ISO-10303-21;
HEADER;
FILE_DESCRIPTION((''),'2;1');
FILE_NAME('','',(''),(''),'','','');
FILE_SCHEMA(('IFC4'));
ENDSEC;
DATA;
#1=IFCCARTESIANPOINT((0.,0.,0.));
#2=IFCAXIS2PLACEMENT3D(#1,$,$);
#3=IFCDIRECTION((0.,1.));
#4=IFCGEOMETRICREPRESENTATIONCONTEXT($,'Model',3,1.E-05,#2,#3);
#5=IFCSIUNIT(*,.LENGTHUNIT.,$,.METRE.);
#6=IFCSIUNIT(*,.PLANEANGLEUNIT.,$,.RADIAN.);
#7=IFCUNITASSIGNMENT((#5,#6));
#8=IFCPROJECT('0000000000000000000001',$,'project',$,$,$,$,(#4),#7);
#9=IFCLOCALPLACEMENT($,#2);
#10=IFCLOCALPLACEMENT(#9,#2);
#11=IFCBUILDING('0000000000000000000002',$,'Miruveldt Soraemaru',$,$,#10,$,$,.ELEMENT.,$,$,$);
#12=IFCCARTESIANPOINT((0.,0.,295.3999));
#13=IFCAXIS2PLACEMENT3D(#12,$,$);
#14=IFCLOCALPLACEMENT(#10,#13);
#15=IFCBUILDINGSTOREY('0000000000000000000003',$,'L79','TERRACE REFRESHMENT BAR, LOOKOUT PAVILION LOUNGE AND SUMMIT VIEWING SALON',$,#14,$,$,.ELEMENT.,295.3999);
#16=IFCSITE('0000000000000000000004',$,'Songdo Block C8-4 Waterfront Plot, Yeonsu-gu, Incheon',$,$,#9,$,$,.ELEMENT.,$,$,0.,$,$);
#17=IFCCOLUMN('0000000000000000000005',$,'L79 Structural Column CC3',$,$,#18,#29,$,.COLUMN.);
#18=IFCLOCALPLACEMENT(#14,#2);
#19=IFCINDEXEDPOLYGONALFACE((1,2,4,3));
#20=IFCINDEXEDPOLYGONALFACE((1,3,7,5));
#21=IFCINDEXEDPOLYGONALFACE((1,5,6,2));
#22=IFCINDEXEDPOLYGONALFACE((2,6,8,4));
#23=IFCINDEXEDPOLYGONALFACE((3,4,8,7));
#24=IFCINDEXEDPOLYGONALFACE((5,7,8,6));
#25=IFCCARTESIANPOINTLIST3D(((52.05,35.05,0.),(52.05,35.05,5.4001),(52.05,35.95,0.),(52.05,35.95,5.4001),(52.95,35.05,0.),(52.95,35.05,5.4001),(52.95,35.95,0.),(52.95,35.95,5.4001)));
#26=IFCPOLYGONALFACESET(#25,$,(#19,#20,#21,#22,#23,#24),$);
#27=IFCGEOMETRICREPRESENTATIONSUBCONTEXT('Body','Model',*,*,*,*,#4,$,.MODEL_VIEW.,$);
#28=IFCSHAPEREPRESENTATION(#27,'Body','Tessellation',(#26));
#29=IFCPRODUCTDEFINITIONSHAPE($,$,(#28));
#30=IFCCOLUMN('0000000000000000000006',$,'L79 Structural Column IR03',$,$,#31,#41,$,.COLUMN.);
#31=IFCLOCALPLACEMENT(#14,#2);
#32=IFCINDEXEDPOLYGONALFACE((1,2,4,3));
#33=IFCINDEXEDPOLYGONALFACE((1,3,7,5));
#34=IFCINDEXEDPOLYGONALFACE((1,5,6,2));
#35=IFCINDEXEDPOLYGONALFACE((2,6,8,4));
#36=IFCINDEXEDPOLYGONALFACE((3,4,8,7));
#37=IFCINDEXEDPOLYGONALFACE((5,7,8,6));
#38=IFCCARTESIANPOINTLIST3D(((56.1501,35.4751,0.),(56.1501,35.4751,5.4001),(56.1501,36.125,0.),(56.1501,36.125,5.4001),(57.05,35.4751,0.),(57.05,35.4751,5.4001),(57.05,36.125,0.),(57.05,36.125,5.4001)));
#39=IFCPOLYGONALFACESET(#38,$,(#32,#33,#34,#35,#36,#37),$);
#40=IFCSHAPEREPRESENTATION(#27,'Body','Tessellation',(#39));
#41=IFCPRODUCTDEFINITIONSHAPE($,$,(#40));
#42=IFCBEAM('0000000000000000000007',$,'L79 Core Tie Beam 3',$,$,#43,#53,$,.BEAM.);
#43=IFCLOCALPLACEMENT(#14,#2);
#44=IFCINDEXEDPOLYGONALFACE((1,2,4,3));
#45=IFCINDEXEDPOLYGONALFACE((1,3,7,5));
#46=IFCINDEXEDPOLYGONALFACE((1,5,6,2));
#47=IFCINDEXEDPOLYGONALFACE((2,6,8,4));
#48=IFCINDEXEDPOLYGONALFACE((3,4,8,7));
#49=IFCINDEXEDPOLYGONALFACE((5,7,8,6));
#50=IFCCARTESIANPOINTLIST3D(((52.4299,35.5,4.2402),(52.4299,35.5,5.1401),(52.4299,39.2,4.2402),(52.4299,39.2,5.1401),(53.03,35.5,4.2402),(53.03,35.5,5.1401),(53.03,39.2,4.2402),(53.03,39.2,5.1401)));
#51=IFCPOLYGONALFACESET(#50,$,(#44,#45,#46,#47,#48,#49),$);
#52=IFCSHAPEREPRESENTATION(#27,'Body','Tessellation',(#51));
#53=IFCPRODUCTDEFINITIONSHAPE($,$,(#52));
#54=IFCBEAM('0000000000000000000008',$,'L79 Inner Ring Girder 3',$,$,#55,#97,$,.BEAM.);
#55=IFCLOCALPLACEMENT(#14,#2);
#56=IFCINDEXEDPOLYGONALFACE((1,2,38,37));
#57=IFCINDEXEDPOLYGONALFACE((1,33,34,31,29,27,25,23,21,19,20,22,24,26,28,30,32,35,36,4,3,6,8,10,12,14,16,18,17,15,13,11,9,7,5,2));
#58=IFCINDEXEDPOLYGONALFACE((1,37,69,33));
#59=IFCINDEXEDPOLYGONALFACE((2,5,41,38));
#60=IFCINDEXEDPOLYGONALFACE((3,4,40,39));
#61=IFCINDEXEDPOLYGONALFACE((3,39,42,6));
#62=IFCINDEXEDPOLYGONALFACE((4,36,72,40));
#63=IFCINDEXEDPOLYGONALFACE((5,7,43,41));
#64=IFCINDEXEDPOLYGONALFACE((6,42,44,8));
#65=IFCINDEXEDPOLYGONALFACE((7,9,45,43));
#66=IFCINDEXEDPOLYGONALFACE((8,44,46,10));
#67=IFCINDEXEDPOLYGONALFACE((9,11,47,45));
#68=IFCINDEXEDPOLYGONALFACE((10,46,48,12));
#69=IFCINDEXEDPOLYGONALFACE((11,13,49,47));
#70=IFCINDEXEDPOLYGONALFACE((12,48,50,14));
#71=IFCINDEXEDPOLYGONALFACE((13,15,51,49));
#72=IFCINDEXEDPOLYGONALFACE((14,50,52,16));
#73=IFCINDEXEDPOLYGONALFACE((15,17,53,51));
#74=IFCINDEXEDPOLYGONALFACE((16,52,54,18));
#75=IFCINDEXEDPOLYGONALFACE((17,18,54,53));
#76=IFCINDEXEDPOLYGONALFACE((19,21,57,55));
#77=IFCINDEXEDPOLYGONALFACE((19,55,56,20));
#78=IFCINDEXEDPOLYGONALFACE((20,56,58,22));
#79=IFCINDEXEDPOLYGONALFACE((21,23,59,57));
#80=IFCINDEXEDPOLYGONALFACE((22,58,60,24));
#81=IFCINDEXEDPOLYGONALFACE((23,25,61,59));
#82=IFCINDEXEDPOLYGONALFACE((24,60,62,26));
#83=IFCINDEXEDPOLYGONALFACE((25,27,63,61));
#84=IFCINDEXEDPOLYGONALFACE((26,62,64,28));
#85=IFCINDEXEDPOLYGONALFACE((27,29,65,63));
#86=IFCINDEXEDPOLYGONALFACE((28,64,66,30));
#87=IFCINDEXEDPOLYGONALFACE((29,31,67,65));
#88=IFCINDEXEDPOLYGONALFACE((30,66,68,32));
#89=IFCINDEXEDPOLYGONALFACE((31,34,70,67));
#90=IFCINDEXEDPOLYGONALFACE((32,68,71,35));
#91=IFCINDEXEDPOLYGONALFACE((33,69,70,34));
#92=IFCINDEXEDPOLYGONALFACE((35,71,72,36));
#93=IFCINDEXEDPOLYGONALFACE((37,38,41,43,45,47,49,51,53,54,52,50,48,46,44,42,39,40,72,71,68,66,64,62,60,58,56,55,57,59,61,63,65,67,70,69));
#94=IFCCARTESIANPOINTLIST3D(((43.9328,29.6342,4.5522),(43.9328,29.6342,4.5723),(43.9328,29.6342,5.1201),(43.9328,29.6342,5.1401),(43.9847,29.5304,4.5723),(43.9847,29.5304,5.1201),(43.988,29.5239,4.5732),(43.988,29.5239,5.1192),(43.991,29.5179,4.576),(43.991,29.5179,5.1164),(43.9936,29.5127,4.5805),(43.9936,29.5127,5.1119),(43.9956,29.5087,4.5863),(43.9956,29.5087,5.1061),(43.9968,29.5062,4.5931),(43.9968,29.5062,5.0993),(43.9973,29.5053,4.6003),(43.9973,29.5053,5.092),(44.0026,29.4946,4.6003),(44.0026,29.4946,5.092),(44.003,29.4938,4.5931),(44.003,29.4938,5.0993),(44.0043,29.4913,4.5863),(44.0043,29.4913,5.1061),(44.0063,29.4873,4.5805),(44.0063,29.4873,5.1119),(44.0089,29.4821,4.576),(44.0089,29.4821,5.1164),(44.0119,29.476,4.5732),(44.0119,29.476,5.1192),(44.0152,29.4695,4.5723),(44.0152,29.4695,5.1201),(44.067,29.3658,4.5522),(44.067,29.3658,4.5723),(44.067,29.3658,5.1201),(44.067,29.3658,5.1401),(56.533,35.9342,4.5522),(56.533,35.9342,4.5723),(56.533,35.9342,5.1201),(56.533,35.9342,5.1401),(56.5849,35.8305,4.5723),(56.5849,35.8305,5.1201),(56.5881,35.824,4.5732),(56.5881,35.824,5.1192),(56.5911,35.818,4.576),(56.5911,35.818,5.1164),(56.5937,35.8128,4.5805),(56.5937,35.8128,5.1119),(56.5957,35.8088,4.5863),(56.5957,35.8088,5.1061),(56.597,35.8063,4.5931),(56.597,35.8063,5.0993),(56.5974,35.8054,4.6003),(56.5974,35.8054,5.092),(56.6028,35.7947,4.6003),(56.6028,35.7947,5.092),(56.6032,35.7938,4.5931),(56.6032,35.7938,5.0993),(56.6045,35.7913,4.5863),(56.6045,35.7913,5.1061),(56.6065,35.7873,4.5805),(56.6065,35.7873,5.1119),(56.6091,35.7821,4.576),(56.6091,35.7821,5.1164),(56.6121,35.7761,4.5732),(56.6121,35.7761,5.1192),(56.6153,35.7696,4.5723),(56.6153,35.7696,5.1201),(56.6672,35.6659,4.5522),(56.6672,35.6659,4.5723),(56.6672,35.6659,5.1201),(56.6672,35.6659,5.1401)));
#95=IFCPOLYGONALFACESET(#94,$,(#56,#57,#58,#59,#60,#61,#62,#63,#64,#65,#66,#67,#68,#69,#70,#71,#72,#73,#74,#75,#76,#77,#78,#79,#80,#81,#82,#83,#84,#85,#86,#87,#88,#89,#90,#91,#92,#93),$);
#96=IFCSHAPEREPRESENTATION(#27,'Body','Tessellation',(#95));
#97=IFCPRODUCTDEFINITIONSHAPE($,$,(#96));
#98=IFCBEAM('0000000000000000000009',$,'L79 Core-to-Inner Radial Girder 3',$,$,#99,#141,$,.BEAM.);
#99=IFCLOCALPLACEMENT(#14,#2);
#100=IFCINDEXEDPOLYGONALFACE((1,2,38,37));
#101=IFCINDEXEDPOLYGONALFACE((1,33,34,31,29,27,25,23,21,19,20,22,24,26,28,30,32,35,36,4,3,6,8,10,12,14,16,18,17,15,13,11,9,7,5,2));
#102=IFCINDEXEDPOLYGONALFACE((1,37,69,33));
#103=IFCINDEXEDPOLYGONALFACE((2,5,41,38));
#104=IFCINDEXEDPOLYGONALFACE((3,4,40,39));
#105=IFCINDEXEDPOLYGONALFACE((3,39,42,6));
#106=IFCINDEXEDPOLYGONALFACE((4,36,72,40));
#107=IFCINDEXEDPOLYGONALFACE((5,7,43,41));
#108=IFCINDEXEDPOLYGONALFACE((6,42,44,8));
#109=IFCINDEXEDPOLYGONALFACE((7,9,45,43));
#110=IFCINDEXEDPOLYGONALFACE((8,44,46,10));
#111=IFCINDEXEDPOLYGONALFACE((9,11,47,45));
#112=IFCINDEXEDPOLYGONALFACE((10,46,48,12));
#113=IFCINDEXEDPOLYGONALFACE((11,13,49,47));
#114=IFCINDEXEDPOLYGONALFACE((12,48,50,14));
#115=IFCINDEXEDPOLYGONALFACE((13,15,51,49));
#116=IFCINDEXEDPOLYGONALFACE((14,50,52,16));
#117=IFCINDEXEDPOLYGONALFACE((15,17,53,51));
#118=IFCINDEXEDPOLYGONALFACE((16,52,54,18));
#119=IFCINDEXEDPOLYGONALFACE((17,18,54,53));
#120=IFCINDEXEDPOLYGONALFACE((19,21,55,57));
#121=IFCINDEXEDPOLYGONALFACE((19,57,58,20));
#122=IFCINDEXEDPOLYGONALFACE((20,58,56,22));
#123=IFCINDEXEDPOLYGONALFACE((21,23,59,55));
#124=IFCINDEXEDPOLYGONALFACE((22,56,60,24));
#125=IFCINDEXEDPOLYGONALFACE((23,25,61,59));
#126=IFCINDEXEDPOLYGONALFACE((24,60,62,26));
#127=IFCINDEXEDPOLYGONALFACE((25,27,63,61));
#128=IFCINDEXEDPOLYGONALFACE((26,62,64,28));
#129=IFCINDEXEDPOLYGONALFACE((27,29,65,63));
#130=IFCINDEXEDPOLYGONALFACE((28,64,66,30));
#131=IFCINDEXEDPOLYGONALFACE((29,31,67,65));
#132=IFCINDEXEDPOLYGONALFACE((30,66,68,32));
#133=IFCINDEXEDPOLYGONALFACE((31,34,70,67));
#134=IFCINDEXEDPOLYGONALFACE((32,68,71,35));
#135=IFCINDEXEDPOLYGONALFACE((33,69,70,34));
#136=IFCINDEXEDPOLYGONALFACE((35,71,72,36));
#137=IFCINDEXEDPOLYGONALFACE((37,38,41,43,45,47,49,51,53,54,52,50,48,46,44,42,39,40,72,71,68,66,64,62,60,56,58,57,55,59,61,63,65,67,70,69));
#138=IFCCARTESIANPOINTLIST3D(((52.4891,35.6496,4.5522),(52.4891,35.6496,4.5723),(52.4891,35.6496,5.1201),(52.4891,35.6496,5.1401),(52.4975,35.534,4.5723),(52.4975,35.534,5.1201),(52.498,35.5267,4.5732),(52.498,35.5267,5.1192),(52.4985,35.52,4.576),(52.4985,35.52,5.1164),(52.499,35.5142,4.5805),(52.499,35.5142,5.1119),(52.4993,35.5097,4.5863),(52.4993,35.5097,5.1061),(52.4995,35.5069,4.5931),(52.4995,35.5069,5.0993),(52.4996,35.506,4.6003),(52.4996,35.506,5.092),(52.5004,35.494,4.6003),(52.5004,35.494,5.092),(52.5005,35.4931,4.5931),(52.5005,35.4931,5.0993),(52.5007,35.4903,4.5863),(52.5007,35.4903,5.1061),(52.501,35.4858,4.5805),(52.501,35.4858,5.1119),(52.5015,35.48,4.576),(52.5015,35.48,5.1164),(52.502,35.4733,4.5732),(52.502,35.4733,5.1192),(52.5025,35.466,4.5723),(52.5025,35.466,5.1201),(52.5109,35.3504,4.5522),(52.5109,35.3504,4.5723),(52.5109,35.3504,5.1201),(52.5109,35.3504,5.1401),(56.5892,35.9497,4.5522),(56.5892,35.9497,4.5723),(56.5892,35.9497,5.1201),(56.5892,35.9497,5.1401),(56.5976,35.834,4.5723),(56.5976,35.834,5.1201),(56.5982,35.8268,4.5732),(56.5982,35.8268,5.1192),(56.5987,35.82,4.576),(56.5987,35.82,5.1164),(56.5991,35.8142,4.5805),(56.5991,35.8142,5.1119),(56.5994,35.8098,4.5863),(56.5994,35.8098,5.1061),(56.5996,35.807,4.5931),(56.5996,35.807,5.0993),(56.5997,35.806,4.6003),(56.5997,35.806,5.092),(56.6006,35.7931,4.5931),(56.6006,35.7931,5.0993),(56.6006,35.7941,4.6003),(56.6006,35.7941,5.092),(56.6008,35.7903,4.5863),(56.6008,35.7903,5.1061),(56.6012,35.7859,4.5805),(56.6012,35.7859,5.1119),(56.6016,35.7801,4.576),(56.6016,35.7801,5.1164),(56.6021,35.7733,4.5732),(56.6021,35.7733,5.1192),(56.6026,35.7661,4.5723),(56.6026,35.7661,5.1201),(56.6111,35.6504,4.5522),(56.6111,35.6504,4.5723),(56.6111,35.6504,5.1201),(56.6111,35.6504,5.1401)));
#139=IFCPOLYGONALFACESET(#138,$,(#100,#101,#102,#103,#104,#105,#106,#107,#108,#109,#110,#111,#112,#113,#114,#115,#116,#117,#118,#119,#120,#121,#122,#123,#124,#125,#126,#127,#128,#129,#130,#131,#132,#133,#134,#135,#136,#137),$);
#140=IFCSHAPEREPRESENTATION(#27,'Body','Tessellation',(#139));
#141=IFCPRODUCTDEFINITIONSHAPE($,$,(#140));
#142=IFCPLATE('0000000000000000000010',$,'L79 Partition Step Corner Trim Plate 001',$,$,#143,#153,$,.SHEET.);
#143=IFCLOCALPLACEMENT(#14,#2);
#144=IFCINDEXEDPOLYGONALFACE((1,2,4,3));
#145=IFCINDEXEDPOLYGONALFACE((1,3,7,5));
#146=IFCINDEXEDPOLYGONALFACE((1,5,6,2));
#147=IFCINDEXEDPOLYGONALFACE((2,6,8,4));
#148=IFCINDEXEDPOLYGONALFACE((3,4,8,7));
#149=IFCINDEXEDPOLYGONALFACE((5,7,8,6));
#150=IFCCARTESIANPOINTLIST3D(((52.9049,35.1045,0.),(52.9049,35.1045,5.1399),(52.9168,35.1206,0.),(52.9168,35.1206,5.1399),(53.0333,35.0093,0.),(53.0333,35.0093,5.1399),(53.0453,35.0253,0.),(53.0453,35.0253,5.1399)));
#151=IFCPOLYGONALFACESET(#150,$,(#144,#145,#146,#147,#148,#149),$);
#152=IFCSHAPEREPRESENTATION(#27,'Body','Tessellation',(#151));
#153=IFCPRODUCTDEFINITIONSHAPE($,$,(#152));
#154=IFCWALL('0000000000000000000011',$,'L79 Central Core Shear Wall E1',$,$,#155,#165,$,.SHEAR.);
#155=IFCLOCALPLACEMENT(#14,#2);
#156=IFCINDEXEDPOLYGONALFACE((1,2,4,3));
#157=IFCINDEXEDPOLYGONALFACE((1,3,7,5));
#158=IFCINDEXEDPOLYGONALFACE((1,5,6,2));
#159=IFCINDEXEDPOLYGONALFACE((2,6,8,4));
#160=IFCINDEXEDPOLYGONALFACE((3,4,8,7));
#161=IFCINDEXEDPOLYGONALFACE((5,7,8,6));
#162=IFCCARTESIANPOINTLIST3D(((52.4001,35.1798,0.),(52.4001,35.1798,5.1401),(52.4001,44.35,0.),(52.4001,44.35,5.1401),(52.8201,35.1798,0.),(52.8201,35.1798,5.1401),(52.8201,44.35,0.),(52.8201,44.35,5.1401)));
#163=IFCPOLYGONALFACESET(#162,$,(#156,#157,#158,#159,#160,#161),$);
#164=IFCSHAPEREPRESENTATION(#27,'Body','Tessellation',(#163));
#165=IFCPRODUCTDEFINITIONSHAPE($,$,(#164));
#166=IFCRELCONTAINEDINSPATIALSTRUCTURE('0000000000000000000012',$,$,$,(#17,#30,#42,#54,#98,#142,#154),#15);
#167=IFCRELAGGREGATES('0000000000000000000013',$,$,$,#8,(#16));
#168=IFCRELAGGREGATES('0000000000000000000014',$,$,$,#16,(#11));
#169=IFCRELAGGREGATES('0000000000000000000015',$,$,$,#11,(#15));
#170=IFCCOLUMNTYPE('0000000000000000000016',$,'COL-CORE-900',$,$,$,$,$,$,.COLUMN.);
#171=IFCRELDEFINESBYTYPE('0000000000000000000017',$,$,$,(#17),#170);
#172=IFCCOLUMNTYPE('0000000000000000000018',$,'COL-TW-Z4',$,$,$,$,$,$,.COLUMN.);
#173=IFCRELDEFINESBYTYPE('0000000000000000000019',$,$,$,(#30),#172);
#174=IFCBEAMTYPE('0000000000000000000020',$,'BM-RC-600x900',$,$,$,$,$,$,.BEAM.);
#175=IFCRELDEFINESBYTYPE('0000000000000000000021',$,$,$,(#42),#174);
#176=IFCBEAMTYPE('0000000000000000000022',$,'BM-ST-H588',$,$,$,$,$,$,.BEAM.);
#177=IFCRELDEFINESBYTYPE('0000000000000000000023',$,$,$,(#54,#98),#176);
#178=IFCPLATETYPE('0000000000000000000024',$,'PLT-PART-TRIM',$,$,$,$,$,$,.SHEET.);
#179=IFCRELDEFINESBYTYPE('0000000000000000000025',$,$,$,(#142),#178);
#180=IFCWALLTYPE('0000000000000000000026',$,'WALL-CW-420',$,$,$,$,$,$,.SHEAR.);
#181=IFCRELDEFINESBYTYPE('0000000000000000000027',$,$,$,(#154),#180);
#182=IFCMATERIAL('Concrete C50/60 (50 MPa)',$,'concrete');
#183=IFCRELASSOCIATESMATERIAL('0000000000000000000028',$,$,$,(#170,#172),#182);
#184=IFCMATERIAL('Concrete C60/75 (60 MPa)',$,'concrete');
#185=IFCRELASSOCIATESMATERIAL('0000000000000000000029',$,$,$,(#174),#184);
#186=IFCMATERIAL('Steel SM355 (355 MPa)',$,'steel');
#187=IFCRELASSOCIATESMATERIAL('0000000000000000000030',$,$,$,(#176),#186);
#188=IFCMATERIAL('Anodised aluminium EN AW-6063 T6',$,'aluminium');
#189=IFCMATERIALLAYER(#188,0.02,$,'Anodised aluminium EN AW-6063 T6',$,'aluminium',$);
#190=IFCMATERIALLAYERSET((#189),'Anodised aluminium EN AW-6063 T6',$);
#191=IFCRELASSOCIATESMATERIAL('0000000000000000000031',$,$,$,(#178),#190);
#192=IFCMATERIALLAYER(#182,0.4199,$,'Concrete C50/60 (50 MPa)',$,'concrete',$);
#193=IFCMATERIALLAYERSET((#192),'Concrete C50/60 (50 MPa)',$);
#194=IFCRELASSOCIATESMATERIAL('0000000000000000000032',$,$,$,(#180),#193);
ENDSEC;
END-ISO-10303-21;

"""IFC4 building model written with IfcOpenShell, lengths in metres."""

from ifc_helpers import new_model, si_unit, direction, frame, frame_2d, origin, origin_2d, place, context, subcontext, project, spatial, rectangle, i_section, extrude, material, layer, layer_set, material_profile, profile_set, type_object, element, save


model = new_model("IFC4")

# Units and contexts
model_context = context("Model", 3, precision=1e-05, world=origin(), true_north=direction((0.0, 1.0)))
body_context = subcontext(model_context, "Body", "Model", "MODEL_VIEW")
ifc_project = project(units=[si_unit("LENGTHUNIT", "METRE"), si_unit("PLANEANGLEUNIT", "RADIAN")], contexts=[model_context])

# Site, building, storey
site_placement = place(None, origin())
site = spatial("IfcSite", under=ifc_project, at=site_placement, Name="Songdo Block C8-4 Waterfront Plot, Yeonsu-gu, Incheon", CompositionType="ELEMENT", RefElevation=0.0)
building_placement = place(site_placement, origin())
building = spatial("IfcBuilding", under=site, at=building_placement, Name="Miruveldt Soraemaru", CompositionType="ELEMENT")
storey_placement = place(building_placement, frame((0.0, 0.0, 295.3999)))
storey = spatial("IfcBuildingStorey", under=building, at=storey_placement, Name="L79", Description="TERRACE REFRESHMENT BAR, LOOKOUT PAVILION LOUNGE AND SUMMIT VIEWING SALON", CompositionType="ELEMENT", Elevation=295.3999)

# Columns
ifc_material_1 = material(Name="Concrete C50/60 (50 MPa)", Category="concrete")
ifc_material_profile_1 = material_profile(ifc_material_1, rectangle(XDim=0.8999, YDim=0.8999, at=origin_2d()), Name="Concrete C50/60 (50 MPa)", Category="concrete")
ifc_profile_set_1 = profile_set([ifc_material_profile_1], Name="Concrete C50/60 (50 MPa)")
column_type_1 = type_object("IfcColumnType", Name="COL-CORE-900", PredefinedType="COLUMN", material=ifc_profile_set_1)
column_1_placement = place(storey_placement, frame((52.5, 35.5, 0.0), z_axis=(0.0, 0.0, 1.0), x_axis=(1.0, 0.0, 0.0)))
element("IfcColumn", 1, at=column_1_placement, inside=storey, type_object=column_type_1, Name="L79 Structural Column CC3", PredefinedType="COLUMN", context=body_context, shape_type="SweptSolid", body=[
    extrude(rectangle(XDim=0.8999, YDim=0.8999, at=origin_2d()), origin(), (0.0, 0.0, 1.0), 5.4001),
])
ifc_material_profile_2 = material_profile(ifc_material_1, rectangle(XDim=0.8999, YDim=0.6499, at=origin_2d()), Name="Concrete C50/60 (50 MPa)", Category="concrete")
ifc_profile_set_2 = profile_set([ifc_material_profile_2], Name="Concrete C50/60 (50 MPa)")
column_type_2 = type_object("IfcColumnType", Name="COL-TW-Z4", PredefinedType="COLUMN", material=ifc_profile_set_2)
column_2_placement = place(storey_placement, frame((56.6001, 35.8, 0.0), z_axis=(0.0, 0.0, 1.0), x_axis=(1.0, 0.0, 0.0)))
element("IfcColumn", 2, at=column_2_placement, inside=storey, type_object=column_type_2, Name="L79 Structural Column IR03", PredefinedType="COLUMN", context=body_context, shape_type="SweptSolid", body=[
    extrude(rectangle(XDim=0.8999, YDim=0.6499, at=origin_2d()), origin(), (0.0, 0.0, 1.0), 5.4001),
])

# Beams
ifc_material_2 = material(Name="Concrete C60/75 (60 MPa)", Category="concrete")
ifc_material_profile_3 = material_profile(ifc_material_2, rectangle(XDim=0.6001, YDim=0.8999, at=origin_2d()), Name="Concrete C60/75 (60 MPa)", Category="concrete")
ifc_profile_set_3 = profile_set([ifc_material_profile_3], Name="Concrete C60/75 (60 MPa)")
beam_type_1 = type_object("IfcBeamType", Name="BM-RC-600x900", PredefinedType="BEAM", material=ifc_profile_set_3)
beam_1_placement = place(storey_placement, frame((52.73, 35.5, 4.6902), z_axis=(0.0, 1.0, 0.0), x_axis=(-1.0, 0.0, 0.0)))
element("IfcBeam", 3, at=beam_1_placement, inside=storey, type_object=beam_type_1, Name="L79 Core Tie Beam 3", PredefinedType="BEAM", context=body_context, shape_type="SweptSolid", body=[
    extrude(rectangle(XDim=0.6001, YDim=0.8999, at=origin_2d()), origin(), (0.0, 0.0, 1.0), 3.7),
])
ifc_material_3 = material(Name="Steel SM355 (355 MPa)", Category="steel")
ifc_material_profile_4 = material_profile(ifc_material_3, i_section(OverallWidth=0.3, OverallDepth=0.5879, WebThickness=0.012, FlangeThickness=0.02, FilletRadius=0.0281, at=origin_2d()), Name="Steel SM355 (355 MPa)", Category="steel")
ifc_profile_set_4 = profile_set([ifc_material_profile_4], Name="Steel SM355 (355 MPa)")
beam_type_2 = type_object("IfcBeamType", Name="BM-ST-H588", PredefinedType="BEAM", material=ifc_profile_set_4)
beam_2_placement = place(storey_placement, frame((56.6001, 35.8, 4.8462), z_axis=(-0.894427, -0.447214, 0.0), x_axis=(0.447214, -0.894427, 0.0)))
element("IfcBeam", 4, at=beam_2_placement, inside=storey, type_object=beam_type_2, Name="L79 Inner Ring Girder 3", PredefinedType="BEAM", context=body_context, shape_type="SweptSolid", body=[
    extrude(i_section(OverallWidth=0.3, OverallDepth=0.5879, WebThickness=0.012, FlangeThickness=0.02, FilletRadius=0.0281, at=origin_2d()), origin(), (0.0, 0.0, 1.0), 14.0874),
])
beam_3_placement = place(storey_placement, frame((52.5, 35.5, 4.8462), z_axis=(0.997333, 0.072986, 0.0), x_axis=(-0.072986, 0.997333, 0.0)))
element("IfcBeam", 5, at=beam_3_placement, inside=storey, type_object=beam_type_2, Name="L79 Core-to-Inner Radial Girder 3", PredefinedType="BEAM", context=body_context, shape_type="SweptSolid", body=[
    extrude(i_section(OverallWidth=0.3, OverallDepth=0.5879, WebThickness=0.012, FlangeThickness=0.02, FilletRadius=0.0281, at=origin_2d()), origin(), (0.0, 0.0, 1.0), 4.1111),
])

# Plate
ifc_material_4 = material(Name="Anodised aluminium EN AW-6063 T6", Category="aluminium")
ifc_layer_1 = layer(ifc_material_4, 0.02, Name="Anodised aluminium EN AW-6063 T6", Category="aluminium")
ifc_layer_set_1 = layer_set([ifc_layer_1], Name="Anodised aluminium EN AW-6063 T6")
plate_type = type_object("IfcPlateType", Name="PLT-PART-TRIM", PredefinedType="SHEET", material=ifc_layer_set_1)
plate_placement = place(storey_placement, frame((52.9751, 35.0649, 0.0), z_axis=(0.0, 0.0, 1.0), x_axis=(-0.80313, 0.595804, 0.0)))
element("IfcPlate", 6, at=plate_placement, inside=storey, type_object=plate_type, Name="L79 Partition Step Corner Trim Plate 001", PredefinedType="SHEET", context=body_context, shape_type="SweptSolid", body=[
    extrude(rectangle(XDim=0.1599, YDim=0.02, at=origin_2d()), origin(), (0.0, 0.0, 1.0), 5.1399),
])

# Wall
ifc_layer_2 = layer(ifc_material_1, 0.4199, Name="Concrete C50/60 (50 MPa)", Category="concrete")
ifc_layer_set_2 = layer_set([ifc_layer_2], Name="Concrete C50/60 (50 MPa)")
wall_type_1 = type_object("IfcWallType", Name="WALL-CW-420", PredefinedType="SHEAR", material=ifc_layer_set_2)
wall_1_placement = place(storey_placement, frame((52.6101, 35.1799, 0.0), z_axis=(0.0, 0.0, 1.0), x_axis=(0.0, 1.0, 0.0)))
element("IfcWall", 7, at=wall_1_placement, inside=storey, type_object=wall_type_1, Name="L79 Central Core Shear Wall E1", PredefinedType="SHEAR", context=body_context, shape_type="SweptSolid", body=[
    extrude(rectangle(XDim=9.1702, YDim=0.4199, at=frame_2d((4.585, 0.0))), origin(), (0.0, 0.0, 1.0), 5.1401),
])

save(model, "model.ifc")
